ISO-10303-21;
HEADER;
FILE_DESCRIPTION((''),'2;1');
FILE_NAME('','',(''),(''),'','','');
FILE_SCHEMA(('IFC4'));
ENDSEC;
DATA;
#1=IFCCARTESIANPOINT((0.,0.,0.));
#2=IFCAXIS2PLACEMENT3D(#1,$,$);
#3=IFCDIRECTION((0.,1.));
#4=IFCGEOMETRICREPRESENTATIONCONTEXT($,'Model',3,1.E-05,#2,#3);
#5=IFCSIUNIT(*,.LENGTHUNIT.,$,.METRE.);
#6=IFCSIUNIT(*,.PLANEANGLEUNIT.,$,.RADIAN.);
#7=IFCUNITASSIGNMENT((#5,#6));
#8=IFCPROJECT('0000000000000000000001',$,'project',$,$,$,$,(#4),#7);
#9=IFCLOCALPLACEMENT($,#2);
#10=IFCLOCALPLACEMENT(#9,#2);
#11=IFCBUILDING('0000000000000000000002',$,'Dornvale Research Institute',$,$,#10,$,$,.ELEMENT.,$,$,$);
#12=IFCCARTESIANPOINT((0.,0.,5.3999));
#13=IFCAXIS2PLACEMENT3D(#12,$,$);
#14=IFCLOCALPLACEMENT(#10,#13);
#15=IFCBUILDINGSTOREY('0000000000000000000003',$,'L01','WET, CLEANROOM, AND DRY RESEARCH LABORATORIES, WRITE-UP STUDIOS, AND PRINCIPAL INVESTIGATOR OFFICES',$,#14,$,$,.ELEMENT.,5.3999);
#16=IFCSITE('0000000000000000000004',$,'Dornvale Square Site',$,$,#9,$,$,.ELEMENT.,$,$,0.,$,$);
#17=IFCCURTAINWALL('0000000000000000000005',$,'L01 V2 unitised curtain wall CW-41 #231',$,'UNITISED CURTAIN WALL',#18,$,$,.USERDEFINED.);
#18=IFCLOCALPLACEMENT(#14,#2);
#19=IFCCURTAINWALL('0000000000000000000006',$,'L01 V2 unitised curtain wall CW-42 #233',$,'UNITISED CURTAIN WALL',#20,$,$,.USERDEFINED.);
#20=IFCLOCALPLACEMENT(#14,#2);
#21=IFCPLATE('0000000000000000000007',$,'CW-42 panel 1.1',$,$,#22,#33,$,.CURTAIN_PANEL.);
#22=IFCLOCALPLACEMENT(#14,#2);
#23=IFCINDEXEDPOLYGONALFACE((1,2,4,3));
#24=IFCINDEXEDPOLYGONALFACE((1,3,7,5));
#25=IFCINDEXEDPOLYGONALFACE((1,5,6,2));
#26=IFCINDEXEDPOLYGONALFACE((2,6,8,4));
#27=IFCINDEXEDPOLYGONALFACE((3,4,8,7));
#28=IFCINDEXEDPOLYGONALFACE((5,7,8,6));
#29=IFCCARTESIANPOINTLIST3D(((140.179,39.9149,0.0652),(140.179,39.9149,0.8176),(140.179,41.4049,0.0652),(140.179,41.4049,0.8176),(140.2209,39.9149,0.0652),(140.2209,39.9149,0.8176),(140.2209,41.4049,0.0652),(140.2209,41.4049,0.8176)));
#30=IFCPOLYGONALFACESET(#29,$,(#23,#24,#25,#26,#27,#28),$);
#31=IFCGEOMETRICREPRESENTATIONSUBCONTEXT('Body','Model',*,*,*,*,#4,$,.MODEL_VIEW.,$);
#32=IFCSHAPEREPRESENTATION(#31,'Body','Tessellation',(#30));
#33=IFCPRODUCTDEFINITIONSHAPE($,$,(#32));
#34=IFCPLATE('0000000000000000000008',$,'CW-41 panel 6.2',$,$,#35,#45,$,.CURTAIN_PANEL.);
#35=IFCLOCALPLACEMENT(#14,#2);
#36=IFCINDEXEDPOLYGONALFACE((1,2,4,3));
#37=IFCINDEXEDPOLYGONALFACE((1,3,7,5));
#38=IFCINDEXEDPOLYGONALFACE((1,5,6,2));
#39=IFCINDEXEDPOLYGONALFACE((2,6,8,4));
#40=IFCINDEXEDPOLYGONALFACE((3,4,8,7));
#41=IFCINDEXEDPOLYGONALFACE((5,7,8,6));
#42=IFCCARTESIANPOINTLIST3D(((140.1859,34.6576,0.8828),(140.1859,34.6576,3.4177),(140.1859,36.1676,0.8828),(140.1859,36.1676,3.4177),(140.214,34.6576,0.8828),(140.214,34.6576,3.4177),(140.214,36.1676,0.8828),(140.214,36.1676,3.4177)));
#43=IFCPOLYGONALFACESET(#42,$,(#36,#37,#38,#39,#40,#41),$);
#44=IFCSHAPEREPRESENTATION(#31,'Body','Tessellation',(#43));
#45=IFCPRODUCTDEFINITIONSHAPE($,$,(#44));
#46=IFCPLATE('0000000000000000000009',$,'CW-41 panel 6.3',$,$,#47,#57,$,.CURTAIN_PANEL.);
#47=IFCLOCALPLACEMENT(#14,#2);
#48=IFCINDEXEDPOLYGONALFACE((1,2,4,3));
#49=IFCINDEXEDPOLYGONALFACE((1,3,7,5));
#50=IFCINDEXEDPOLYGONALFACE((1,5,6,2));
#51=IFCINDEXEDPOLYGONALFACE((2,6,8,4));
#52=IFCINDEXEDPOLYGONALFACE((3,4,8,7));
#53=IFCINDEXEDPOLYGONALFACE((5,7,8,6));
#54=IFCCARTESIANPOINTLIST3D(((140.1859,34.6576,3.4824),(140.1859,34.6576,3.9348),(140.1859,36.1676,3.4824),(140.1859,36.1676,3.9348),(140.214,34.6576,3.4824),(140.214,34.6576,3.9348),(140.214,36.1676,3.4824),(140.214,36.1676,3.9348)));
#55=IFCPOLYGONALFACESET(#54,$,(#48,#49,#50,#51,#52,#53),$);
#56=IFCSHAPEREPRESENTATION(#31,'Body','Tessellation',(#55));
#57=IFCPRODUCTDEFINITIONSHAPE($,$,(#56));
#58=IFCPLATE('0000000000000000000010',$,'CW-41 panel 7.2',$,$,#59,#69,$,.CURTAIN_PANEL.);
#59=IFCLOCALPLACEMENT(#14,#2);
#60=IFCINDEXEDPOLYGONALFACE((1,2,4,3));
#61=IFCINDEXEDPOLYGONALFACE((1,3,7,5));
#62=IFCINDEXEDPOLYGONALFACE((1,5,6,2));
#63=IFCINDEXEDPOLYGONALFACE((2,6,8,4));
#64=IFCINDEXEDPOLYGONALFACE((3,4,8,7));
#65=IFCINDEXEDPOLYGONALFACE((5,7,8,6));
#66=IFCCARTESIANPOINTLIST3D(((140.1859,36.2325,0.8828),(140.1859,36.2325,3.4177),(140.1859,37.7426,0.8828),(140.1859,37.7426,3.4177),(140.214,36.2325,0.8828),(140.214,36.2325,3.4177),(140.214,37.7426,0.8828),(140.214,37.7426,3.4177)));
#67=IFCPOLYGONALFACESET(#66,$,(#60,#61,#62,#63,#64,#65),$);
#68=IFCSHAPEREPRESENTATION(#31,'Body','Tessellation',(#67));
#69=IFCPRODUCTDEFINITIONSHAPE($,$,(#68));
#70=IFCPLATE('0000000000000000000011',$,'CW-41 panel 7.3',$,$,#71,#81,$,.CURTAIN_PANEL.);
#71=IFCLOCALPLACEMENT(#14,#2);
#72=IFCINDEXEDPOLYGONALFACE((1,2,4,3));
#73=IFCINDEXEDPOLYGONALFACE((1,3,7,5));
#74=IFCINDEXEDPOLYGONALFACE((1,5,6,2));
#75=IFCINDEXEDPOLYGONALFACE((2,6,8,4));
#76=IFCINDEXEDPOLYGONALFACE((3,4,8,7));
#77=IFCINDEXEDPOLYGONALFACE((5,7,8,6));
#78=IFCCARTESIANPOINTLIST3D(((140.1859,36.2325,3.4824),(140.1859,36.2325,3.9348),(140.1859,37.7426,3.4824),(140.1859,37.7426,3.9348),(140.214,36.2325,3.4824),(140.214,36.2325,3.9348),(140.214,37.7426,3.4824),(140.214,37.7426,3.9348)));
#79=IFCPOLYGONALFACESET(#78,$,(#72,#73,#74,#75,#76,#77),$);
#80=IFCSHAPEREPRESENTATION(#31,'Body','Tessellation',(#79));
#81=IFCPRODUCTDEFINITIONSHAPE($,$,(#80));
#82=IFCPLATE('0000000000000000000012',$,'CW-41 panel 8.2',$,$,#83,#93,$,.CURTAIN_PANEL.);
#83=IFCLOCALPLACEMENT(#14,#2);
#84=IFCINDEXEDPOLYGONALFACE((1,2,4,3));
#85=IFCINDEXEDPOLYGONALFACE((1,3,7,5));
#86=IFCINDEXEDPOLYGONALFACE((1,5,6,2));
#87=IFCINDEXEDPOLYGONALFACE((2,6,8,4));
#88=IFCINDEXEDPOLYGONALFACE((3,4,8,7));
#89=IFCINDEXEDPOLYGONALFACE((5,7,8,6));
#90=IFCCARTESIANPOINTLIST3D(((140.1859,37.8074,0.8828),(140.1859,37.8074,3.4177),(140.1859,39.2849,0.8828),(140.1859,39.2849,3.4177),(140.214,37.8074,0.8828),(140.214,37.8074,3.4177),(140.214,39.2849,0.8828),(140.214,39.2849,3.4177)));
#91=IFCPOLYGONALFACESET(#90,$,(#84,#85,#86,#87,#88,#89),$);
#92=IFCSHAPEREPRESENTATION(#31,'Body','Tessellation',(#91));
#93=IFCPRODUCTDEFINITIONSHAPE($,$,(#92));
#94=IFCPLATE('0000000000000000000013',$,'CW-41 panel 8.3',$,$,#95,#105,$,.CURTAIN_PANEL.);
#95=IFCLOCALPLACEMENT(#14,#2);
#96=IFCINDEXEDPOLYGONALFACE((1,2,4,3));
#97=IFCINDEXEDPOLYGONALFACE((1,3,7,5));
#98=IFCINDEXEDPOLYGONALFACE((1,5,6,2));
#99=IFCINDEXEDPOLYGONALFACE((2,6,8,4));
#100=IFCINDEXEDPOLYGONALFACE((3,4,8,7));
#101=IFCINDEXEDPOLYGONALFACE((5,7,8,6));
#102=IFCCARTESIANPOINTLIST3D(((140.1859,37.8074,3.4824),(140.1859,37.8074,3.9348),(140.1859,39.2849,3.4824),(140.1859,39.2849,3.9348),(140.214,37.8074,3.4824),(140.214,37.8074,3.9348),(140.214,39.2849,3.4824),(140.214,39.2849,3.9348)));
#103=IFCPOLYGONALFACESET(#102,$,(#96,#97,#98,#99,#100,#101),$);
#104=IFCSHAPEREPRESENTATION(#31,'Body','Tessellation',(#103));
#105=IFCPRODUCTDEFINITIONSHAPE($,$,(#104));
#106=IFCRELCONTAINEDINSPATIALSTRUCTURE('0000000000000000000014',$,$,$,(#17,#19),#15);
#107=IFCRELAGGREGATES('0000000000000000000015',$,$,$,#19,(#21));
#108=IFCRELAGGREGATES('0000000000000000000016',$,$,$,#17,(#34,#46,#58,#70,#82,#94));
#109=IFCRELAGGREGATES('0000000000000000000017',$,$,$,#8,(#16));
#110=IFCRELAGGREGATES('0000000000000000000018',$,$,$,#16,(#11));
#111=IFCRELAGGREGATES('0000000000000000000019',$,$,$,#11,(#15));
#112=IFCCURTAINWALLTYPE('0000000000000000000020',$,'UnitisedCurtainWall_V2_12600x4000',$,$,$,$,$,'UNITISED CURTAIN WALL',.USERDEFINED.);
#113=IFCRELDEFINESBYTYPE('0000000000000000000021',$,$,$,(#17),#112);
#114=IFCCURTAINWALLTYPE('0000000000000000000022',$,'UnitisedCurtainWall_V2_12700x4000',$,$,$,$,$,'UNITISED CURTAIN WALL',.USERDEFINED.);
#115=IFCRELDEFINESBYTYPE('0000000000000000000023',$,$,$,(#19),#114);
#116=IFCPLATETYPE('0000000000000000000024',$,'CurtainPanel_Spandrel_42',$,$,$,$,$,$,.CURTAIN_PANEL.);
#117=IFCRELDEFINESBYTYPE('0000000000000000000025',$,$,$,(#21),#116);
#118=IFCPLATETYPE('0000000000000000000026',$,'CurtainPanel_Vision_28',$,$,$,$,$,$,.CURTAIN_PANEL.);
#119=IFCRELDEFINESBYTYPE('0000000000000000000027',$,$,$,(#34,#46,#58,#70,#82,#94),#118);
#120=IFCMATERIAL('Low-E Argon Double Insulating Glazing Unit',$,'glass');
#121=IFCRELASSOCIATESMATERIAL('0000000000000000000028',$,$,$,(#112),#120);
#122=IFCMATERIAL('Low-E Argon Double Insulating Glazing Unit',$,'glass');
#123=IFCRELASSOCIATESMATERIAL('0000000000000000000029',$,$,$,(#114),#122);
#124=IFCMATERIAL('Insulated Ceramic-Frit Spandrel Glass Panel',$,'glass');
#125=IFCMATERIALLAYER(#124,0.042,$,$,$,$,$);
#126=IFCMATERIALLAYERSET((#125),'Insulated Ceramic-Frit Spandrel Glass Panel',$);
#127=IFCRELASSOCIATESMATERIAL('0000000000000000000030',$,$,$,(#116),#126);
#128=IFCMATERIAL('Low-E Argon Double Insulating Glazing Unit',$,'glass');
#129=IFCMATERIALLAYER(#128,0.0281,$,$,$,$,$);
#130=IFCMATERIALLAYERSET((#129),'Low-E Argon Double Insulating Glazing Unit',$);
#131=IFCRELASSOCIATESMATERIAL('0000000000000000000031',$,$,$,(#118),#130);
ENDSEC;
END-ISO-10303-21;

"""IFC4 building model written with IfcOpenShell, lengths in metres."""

from ifc_helpers import new_model, si_unit, direction, frame, origin, origin_2d, place, context, subcontext, project, spatial, rectangle, extrude, material, layer, layer_set, type_object, element, aggregate, save


model = new_model("IFC4")

# Units and contexts
model_context = context("Model", 3, precision=1e-05, world=origin(), true_north=direction((0.0, 1.0)))
body_context = subcontext(model_context, "Body", "Model", "MODEL_VIEW")
ifc_project = project(units=[si_unit("LENGTHUNIT", "METRE"), si_unit("PLANEANGLEUNIT", "RADIAN")], contexts=[model_context])

# Site, building, storey
site_placement = place(None, origin())
site = spatial("IfcSite", under=ifc_project, at=site_placement, Name="Dornvale Square Site", CompositionType="ELEMENT", RefElevation=0.0)
building_placement = place(site_placement, origin())
building = spatial("IfcBuilding", under=site, at=building_placement, Name="Dornvale Research Institute", CompositionType="ELEMENT")
storey_placement = place(building_placement, frame((0.0, 0.0, 5.3999)))
storey = spatial("IfcBuildingStorey", under=building, at=storey_placement, Name="L01", Description="WET, CLEANROOM, AND DRY RESEARCH LABORATORIES, WRITE-UP STUDIOS, AND PRINCIPAL INVESTIGATOR OFFICES", CompositionType="ELEMENT", Elevation=5.3999)

# Curtain wall
ifc_material_1 = material(Name="Low-E Argon Double Insulating Glazing Unit", Category="glass")
curtain_wall_type_1 = type_object("IfcCurtainWallType", Name="UnitisedCurtainWall_V2_12600x4000", ElementType="UNITISED CURTAIN WALL", PredefinedType="USERDEFINED", material=ifc_material_1)
curtain_wall_1_placement = place(storey_placement, origin())
curtain_wall_1 = element("IfcCurtainWall", 1, at=curtain_wall_1_placement, inside=storey, type_object=curtain_wall_type_1, Name="L01 V2 unitised curtain wall CW-41 #231", ObjectType="UNITISED CURTAIN WALL", PredefinedType="USERDEFINED")

# Curtain wall
ifc_material_2 = material(Name="Low-E Argon Double Insulating Glazing Unit", Category="glass")
curtain_wall_type_2 = type_object("IfcCurtainWallType", Name="UnitisedCurtainWall_V2_12700x4000", ElementType="UNITISED CURTAIN WALL", PredefinedType="USERDEFINED", material=ifc_material_2)
curtain_wall_2_placement = place(storey_placement, origin())
curtain_wall_2 = element("IfcCurtainWall", 2, at=curtain_wall_2_placement, inside=storey, type_object=curtain_wall_type_2, Name="L01 V2 unitised curtain wall CW-42 #233", ObjectType="UNITISED CURTAIN WALL", PredefinedType="USERDEFINED")

# Plates
ifc_material_3 = material(Name="Insulated Ceramic-Frit Spandrel Glass Panel", Category="glass")
ifc_layer_1 = layer(ifc_material_3, 0.042)
ifc_layer_set_1 = layer_set([ifc_layer_1], Name="Insulated Ceramic-Frit Spandrel Glass Panel")
plate_type_1 = type_object("IfcPlateType", Name="CurtainPanel_Spandrel_42", PredefinedType="CURTAIN_PANEL", material=ifc_layer_set_1)
plate_1_placement = place(storey_placement, frame((140.2, 40.6599, 0.0652), z_axis=(0.0, 0.0, 1.0), x_axis=(0.0, 1.0, 0.0)))
plate_1 = element("IfcPlate", 3, at=plate_1_placement, type_object=plate_type_1, Name="CW-42 panel 1.1", PredefinedType="CURTAIN_PANEL", context=body_context, shape_type="SweptSolid", body=[
    extrude(rectangle(XDim=1.49, YDim=0.042, at=origin_2d()), origin(), (0.0, 0.0, 1.0), 0.7524),
])
aggregate(curtain_wall_2, [plate_1])
ifc_material_4 = material(Name="Low-E Argon Double Insulating Glazing Unit", Category="glass")
ifc_layer_2 = layer(ifc_material_4, 0.0281)
ifc_layer_set_2 = layer_set([ifc_layer_2], Name="Low-E Argon Double Insulating Glazing Unit")
plate_type_2 = type_object("IfcPlateType", Name="CurtainPanel_Vision_28", PredefinedType="CURTAIN_PANEL", material=ifc_layer_set_2)
plate_2_placement = place(storey_placement, frame((140.2, 35.4126, 0.8828), z_axis=(0.0, 0.0, 1.0), x_axis=(0.0, 1.0, 0.0)))
plate_2 = element("IfcPlate", 4, at=plate_2_placement, type_object=plate_type_2, Name="CW-41 panel 6.2", PredefinedType="CURTAIN_PANEL", context=body_context, shape_type="SweptSolid", body=[
    extrude(rectangle(XDim=1.51, YDim=0.0281, at=origin_2d()), origin(), (0.0, 0.0, 1.0), 2.5349),
])
plate_3_placement = place(storey_placement, frame((140.2, 35.4126, 3.4824), z_axis=(0.0, 0.0, 1.0), x_axis=(0.0, 1.0, 0.0)))
plate_3 = element("IfcPlate", 5, at=plate_3_placement, type_object=plate_type_2, Name="CW-41 panel 6.3", PredefinedType="CURTAIN_PANEL", context=body_context, shape_type="SweptSolid", body=[
    extrude(rectangle(XDim=1.51, YDim=0.0281, at=origin_2d()), origin(), (0.0, 0.0, 1.0), 0.4524),
])
plate_4_placement = place(storey_placement, frame((140.2, 36.9875, 0.8828), z_axis=(0.0, 0.0, 1.0), x_axis=(0.0, 1.0, 0.0)))
plate_4 = element("IfcPlate", 6, at=plate_4_placement, type_object=plate_type_2, Name="CW-41 panel 7.2", PredefinedType="CURTAIN_PANEL", context=body_context, shape_type="SweptSolid", body=[
    extrude(rectangle(XDim=1.51, YDim=0.0281, at=origin_2d()), origin(), (0.0, 0.0, 1.0), 2.5349),
])
plate_5_placement = place(storey_placement, frame((140.2, 36.9875, 3.4824), z_axis=(0.0, 0.0, 1.0), x_axis=(0.0, 1.0, 0.0)))
plate_5 = element("IfcPlate", 7, at=plate_5_placement, type_object=plate_type_2, Name="CW-41 panel 7.3", PredefinedType="CURTAIN_PANEL", context=body_context, shape_type="SweptSolid", body=[
    extrude(rectangle(XDim=1.51, YDim=0.0281, at=origin_2d()), origin(), (0.0, 0.0, 1.0), 0.4524),
])
plate_6_placement = place(storey_placement, frame((140.2, 38.5461, 0.8828), z_axis=(0.0, 0.0, 1.0), x_axis=(0.0, 1.0, 0.0)))
plate_6 = element("IfcPlate", 8, at=plate_6_placement, type_object=plate_type_2, Name="CW-41 panel 8.2", PredefinedType="CURTAIN_PANEL", context=body_context, shape_type="SweptSolid", body=[
    extrude(rectangle(XDim=1.4775, YDim=0.0281, at=origin_2d()), origin(), (0.0, 0.0, 1.0), 2.5349),
])
plate_7_placement = place(storey_placement, frame((140.2, 38.5461, 3.4824), z_axis=(0.0, 0.0, 1.0), x_axis=(0.0, 1.0, 0.0)))
plate_7 = element("IfcPlate", 9, at=plate_7_placement, type_object=plate_type_2, Name="CW-41 panel 8.3", PredefinedType="CURTAIN_PANEL", context=body_context, shape_type="SweptSolid", body=[
    extrude(rectangle(XDim=1.4775, YDim=0.0281, at=origin_2d()), origin(), (0.0, 0.0, 1.0), 0.4524),
])
aggregate(curtain_wall_1, [plate_2, plate_3, plate_4, plate_5, plate_6, plate_7])

save(model, "model.ifc")
